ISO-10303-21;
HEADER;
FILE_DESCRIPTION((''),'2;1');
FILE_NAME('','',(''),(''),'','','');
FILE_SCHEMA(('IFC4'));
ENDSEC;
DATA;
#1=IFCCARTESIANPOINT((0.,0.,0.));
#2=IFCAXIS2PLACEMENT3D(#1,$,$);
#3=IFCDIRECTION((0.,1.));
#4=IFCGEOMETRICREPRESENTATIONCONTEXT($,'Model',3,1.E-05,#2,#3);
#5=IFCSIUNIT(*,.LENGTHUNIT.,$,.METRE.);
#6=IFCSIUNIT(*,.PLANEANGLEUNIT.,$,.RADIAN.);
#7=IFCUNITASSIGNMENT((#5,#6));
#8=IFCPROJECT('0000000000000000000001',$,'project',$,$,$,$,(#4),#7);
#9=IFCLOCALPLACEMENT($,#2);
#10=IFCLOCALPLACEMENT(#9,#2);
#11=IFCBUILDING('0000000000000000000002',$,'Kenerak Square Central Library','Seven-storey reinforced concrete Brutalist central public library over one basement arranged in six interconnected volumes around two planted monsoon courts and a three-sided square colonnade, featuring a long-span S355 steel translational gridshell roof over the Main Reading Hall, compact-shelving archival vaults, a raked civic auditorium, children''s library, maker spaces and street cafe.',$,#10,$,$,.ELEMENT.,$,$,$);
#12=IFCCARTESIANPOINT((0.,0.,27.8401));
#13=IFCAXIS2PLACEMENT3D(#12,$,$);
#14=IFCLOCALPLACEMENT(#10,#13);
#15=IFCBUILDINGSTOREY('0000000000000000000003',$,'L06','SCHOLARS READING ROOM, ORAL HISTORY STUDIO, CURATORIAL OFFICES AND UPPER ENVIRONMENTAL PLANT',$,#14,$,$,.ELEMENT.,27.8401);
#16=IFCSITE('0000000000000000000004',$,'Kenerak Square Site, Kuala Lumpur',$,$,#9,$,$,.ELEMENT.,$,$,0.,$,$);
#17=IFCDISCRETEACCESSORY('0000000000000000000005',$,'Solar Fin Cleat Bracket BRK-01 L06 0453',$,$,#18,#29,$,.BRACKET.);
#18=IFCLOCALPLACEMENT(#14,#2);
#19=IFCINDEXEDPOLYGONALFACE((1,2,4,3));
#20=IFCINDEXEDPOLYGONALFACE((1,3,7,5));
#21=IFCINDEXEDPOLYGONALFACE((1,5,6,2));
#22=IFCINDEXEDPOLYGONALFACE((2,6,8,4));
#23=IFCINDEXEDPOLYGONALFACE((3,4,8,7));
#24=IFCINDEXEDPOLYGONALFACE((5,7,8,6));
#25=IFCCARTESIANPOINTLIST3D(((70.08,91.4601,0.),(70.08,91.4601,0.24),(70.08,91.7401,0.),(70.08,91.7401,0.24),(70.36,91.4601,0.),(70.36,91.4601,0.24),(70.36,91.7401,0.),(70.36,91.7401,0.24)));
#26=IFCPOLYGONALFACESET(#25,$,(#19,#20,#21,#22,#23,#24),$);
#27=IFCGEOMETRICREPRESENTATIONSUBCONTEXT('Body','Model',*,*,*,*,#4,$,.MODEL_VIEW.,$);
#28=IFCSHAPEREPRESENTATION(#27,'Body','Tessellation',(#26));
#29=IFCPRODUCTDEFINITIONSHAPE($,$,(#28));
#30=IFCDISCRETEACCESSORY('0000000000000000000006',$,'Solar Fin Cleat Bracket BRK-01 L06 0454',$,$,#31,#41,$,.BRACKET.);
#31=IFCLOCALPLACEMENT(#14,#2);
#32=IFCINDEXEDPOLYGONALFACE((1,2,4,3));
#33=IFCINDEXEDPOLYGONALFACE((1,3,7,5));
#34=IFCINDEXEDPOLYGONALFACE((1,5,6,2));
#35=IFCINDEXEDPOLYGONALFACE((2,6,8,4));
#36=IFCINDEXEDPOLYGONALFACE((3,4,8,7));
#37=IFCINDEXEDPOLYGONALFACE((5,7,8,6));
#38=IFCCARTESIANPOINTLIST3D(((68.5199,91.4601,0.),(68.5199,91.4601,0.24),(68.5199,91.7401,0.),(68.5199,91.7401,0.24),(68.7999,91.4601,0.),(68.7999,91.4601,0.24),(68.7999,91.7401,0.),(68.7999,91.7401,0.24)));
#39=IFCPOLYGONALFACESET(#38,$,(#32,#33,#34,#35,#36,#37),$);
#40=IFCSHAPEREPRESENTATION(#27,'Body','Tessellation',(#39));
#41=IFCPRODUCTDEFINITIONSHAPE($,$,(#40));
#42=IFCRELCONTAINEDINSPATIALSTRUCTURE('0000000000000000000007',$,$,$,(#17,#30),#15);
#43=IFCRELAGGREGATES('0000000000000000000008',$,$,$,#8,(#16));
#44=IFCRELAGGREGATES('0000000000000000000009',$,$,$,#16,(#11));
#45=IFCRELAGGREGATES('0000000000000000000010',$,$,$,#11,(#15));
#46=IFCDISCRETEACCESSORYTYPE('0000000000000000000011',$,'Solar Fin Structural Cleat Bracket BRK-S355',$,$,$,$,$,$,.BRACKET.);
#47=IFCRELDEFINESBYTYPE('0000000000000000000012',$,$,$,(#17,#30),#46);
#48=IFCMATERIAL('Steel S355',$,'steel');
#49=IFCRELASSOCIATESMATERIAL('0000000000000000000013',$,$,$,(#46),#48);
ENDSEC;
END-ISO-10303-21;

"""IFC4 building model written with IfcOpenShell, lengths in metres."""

from ifc_helpers import new_model, si_unit, direction, frame, origin, origin_2d, place, context, subcontext, project, spatial, rectangle, extrude, material, type_object, element, save


model = new_model("IFC4")

# Units and contexts
model_context = context("Model", 3, precision=1e-05, world=origin(), true_north=direction((0.0, 1.0)))
body_context = subcontext(model_context, "Body", "Model", "MODEL_VIEW")
ifc_project = project(units=[si_unit("LENGTHUNIT", "METRE"), si_unit("PLANEANGLEUNIT", "RADIAN")], contexts=[model_context])

# Site, building, storey
site_placement = place(None, origin())
site = spatial("IfcSite", under=ifc_project, at=site_placement, Name="Kenerak Square Site, Kuala Lumpur", CompositionType="ELEMENT", RefElevation=0.0)
building_placement = place(site_placement, origin())
building = spatial("IfcBuilding", under=site, at=building_placement, Name="Kenerak Square Central Library", Description="Seven-storey reinforced concrete Brutalist central public library over one basement arranged in six interconnected volumes around two planted monsoon courts and a three-sided square colonnade, featuring a long-span S355 steel translational gridshell roof over the Main Reading Hall, compact-shelving archival vaults, a raked civic auditorium, children's library, maker spaces and street cafe.", CompositionType="ELEMENT")
storey_placement = place(building_placement, frame((0.0, 0.0, 27.8401)))
storey = spatial("IfcBuildingStorey", under=building, at=storey_placement, Name="L06", Description="SCHOLARS READING ROOM, ORAL HISTORY STUDIO, CURATORIAL OFFICES AND UPPER ENVIRONMENTAL PLANT", CompositionType="ELEMENT", Elevation=27.8401)

# Discrete accessories
ifc_material_1 = material(Name="Steel S355", Category="steel")
discrete_accessory_type = type_object("IfcDiscreteAccessoryType", Name="Solar Fin Structural Cleat Bracket BRK-S355", PredefinedType="BRACKET", material=ifc_material_1)
for number, where, z_axis, x_axis, name in (
    (1, (70.22, 91.6001, 0.0), (0.0, 0.0, 1.0), (-1.0, 0.0, 0.0), "Solar Fin Cleat Bracket BRK-01 L06 0453"),
    (2, (68.6599, 91.6001, 0.0), (0.0, 0.0, 1.0), (-1.0, 0.0, 0.0), "Solar Fin Cleat Bracket BRK-01 L06 0454"),
):
    element("IfcDiscreteAccessory", number, at=place(storey_placement, frame(where, z_axis=z_axis, x_axis=x_axis)), inside=storey, type_object=discrete_accessory_type, Name=name, PredefinedType="BRACKET", context=body_context, shape_type="SweptSolid", body=[
        extrude(rectangle(XDim=0.28, YDim=0.28, at=origin_2d()), origin(), (0.0, 0.0, 1.0), 0.24),
    ])

save(model, "model.ifc")
